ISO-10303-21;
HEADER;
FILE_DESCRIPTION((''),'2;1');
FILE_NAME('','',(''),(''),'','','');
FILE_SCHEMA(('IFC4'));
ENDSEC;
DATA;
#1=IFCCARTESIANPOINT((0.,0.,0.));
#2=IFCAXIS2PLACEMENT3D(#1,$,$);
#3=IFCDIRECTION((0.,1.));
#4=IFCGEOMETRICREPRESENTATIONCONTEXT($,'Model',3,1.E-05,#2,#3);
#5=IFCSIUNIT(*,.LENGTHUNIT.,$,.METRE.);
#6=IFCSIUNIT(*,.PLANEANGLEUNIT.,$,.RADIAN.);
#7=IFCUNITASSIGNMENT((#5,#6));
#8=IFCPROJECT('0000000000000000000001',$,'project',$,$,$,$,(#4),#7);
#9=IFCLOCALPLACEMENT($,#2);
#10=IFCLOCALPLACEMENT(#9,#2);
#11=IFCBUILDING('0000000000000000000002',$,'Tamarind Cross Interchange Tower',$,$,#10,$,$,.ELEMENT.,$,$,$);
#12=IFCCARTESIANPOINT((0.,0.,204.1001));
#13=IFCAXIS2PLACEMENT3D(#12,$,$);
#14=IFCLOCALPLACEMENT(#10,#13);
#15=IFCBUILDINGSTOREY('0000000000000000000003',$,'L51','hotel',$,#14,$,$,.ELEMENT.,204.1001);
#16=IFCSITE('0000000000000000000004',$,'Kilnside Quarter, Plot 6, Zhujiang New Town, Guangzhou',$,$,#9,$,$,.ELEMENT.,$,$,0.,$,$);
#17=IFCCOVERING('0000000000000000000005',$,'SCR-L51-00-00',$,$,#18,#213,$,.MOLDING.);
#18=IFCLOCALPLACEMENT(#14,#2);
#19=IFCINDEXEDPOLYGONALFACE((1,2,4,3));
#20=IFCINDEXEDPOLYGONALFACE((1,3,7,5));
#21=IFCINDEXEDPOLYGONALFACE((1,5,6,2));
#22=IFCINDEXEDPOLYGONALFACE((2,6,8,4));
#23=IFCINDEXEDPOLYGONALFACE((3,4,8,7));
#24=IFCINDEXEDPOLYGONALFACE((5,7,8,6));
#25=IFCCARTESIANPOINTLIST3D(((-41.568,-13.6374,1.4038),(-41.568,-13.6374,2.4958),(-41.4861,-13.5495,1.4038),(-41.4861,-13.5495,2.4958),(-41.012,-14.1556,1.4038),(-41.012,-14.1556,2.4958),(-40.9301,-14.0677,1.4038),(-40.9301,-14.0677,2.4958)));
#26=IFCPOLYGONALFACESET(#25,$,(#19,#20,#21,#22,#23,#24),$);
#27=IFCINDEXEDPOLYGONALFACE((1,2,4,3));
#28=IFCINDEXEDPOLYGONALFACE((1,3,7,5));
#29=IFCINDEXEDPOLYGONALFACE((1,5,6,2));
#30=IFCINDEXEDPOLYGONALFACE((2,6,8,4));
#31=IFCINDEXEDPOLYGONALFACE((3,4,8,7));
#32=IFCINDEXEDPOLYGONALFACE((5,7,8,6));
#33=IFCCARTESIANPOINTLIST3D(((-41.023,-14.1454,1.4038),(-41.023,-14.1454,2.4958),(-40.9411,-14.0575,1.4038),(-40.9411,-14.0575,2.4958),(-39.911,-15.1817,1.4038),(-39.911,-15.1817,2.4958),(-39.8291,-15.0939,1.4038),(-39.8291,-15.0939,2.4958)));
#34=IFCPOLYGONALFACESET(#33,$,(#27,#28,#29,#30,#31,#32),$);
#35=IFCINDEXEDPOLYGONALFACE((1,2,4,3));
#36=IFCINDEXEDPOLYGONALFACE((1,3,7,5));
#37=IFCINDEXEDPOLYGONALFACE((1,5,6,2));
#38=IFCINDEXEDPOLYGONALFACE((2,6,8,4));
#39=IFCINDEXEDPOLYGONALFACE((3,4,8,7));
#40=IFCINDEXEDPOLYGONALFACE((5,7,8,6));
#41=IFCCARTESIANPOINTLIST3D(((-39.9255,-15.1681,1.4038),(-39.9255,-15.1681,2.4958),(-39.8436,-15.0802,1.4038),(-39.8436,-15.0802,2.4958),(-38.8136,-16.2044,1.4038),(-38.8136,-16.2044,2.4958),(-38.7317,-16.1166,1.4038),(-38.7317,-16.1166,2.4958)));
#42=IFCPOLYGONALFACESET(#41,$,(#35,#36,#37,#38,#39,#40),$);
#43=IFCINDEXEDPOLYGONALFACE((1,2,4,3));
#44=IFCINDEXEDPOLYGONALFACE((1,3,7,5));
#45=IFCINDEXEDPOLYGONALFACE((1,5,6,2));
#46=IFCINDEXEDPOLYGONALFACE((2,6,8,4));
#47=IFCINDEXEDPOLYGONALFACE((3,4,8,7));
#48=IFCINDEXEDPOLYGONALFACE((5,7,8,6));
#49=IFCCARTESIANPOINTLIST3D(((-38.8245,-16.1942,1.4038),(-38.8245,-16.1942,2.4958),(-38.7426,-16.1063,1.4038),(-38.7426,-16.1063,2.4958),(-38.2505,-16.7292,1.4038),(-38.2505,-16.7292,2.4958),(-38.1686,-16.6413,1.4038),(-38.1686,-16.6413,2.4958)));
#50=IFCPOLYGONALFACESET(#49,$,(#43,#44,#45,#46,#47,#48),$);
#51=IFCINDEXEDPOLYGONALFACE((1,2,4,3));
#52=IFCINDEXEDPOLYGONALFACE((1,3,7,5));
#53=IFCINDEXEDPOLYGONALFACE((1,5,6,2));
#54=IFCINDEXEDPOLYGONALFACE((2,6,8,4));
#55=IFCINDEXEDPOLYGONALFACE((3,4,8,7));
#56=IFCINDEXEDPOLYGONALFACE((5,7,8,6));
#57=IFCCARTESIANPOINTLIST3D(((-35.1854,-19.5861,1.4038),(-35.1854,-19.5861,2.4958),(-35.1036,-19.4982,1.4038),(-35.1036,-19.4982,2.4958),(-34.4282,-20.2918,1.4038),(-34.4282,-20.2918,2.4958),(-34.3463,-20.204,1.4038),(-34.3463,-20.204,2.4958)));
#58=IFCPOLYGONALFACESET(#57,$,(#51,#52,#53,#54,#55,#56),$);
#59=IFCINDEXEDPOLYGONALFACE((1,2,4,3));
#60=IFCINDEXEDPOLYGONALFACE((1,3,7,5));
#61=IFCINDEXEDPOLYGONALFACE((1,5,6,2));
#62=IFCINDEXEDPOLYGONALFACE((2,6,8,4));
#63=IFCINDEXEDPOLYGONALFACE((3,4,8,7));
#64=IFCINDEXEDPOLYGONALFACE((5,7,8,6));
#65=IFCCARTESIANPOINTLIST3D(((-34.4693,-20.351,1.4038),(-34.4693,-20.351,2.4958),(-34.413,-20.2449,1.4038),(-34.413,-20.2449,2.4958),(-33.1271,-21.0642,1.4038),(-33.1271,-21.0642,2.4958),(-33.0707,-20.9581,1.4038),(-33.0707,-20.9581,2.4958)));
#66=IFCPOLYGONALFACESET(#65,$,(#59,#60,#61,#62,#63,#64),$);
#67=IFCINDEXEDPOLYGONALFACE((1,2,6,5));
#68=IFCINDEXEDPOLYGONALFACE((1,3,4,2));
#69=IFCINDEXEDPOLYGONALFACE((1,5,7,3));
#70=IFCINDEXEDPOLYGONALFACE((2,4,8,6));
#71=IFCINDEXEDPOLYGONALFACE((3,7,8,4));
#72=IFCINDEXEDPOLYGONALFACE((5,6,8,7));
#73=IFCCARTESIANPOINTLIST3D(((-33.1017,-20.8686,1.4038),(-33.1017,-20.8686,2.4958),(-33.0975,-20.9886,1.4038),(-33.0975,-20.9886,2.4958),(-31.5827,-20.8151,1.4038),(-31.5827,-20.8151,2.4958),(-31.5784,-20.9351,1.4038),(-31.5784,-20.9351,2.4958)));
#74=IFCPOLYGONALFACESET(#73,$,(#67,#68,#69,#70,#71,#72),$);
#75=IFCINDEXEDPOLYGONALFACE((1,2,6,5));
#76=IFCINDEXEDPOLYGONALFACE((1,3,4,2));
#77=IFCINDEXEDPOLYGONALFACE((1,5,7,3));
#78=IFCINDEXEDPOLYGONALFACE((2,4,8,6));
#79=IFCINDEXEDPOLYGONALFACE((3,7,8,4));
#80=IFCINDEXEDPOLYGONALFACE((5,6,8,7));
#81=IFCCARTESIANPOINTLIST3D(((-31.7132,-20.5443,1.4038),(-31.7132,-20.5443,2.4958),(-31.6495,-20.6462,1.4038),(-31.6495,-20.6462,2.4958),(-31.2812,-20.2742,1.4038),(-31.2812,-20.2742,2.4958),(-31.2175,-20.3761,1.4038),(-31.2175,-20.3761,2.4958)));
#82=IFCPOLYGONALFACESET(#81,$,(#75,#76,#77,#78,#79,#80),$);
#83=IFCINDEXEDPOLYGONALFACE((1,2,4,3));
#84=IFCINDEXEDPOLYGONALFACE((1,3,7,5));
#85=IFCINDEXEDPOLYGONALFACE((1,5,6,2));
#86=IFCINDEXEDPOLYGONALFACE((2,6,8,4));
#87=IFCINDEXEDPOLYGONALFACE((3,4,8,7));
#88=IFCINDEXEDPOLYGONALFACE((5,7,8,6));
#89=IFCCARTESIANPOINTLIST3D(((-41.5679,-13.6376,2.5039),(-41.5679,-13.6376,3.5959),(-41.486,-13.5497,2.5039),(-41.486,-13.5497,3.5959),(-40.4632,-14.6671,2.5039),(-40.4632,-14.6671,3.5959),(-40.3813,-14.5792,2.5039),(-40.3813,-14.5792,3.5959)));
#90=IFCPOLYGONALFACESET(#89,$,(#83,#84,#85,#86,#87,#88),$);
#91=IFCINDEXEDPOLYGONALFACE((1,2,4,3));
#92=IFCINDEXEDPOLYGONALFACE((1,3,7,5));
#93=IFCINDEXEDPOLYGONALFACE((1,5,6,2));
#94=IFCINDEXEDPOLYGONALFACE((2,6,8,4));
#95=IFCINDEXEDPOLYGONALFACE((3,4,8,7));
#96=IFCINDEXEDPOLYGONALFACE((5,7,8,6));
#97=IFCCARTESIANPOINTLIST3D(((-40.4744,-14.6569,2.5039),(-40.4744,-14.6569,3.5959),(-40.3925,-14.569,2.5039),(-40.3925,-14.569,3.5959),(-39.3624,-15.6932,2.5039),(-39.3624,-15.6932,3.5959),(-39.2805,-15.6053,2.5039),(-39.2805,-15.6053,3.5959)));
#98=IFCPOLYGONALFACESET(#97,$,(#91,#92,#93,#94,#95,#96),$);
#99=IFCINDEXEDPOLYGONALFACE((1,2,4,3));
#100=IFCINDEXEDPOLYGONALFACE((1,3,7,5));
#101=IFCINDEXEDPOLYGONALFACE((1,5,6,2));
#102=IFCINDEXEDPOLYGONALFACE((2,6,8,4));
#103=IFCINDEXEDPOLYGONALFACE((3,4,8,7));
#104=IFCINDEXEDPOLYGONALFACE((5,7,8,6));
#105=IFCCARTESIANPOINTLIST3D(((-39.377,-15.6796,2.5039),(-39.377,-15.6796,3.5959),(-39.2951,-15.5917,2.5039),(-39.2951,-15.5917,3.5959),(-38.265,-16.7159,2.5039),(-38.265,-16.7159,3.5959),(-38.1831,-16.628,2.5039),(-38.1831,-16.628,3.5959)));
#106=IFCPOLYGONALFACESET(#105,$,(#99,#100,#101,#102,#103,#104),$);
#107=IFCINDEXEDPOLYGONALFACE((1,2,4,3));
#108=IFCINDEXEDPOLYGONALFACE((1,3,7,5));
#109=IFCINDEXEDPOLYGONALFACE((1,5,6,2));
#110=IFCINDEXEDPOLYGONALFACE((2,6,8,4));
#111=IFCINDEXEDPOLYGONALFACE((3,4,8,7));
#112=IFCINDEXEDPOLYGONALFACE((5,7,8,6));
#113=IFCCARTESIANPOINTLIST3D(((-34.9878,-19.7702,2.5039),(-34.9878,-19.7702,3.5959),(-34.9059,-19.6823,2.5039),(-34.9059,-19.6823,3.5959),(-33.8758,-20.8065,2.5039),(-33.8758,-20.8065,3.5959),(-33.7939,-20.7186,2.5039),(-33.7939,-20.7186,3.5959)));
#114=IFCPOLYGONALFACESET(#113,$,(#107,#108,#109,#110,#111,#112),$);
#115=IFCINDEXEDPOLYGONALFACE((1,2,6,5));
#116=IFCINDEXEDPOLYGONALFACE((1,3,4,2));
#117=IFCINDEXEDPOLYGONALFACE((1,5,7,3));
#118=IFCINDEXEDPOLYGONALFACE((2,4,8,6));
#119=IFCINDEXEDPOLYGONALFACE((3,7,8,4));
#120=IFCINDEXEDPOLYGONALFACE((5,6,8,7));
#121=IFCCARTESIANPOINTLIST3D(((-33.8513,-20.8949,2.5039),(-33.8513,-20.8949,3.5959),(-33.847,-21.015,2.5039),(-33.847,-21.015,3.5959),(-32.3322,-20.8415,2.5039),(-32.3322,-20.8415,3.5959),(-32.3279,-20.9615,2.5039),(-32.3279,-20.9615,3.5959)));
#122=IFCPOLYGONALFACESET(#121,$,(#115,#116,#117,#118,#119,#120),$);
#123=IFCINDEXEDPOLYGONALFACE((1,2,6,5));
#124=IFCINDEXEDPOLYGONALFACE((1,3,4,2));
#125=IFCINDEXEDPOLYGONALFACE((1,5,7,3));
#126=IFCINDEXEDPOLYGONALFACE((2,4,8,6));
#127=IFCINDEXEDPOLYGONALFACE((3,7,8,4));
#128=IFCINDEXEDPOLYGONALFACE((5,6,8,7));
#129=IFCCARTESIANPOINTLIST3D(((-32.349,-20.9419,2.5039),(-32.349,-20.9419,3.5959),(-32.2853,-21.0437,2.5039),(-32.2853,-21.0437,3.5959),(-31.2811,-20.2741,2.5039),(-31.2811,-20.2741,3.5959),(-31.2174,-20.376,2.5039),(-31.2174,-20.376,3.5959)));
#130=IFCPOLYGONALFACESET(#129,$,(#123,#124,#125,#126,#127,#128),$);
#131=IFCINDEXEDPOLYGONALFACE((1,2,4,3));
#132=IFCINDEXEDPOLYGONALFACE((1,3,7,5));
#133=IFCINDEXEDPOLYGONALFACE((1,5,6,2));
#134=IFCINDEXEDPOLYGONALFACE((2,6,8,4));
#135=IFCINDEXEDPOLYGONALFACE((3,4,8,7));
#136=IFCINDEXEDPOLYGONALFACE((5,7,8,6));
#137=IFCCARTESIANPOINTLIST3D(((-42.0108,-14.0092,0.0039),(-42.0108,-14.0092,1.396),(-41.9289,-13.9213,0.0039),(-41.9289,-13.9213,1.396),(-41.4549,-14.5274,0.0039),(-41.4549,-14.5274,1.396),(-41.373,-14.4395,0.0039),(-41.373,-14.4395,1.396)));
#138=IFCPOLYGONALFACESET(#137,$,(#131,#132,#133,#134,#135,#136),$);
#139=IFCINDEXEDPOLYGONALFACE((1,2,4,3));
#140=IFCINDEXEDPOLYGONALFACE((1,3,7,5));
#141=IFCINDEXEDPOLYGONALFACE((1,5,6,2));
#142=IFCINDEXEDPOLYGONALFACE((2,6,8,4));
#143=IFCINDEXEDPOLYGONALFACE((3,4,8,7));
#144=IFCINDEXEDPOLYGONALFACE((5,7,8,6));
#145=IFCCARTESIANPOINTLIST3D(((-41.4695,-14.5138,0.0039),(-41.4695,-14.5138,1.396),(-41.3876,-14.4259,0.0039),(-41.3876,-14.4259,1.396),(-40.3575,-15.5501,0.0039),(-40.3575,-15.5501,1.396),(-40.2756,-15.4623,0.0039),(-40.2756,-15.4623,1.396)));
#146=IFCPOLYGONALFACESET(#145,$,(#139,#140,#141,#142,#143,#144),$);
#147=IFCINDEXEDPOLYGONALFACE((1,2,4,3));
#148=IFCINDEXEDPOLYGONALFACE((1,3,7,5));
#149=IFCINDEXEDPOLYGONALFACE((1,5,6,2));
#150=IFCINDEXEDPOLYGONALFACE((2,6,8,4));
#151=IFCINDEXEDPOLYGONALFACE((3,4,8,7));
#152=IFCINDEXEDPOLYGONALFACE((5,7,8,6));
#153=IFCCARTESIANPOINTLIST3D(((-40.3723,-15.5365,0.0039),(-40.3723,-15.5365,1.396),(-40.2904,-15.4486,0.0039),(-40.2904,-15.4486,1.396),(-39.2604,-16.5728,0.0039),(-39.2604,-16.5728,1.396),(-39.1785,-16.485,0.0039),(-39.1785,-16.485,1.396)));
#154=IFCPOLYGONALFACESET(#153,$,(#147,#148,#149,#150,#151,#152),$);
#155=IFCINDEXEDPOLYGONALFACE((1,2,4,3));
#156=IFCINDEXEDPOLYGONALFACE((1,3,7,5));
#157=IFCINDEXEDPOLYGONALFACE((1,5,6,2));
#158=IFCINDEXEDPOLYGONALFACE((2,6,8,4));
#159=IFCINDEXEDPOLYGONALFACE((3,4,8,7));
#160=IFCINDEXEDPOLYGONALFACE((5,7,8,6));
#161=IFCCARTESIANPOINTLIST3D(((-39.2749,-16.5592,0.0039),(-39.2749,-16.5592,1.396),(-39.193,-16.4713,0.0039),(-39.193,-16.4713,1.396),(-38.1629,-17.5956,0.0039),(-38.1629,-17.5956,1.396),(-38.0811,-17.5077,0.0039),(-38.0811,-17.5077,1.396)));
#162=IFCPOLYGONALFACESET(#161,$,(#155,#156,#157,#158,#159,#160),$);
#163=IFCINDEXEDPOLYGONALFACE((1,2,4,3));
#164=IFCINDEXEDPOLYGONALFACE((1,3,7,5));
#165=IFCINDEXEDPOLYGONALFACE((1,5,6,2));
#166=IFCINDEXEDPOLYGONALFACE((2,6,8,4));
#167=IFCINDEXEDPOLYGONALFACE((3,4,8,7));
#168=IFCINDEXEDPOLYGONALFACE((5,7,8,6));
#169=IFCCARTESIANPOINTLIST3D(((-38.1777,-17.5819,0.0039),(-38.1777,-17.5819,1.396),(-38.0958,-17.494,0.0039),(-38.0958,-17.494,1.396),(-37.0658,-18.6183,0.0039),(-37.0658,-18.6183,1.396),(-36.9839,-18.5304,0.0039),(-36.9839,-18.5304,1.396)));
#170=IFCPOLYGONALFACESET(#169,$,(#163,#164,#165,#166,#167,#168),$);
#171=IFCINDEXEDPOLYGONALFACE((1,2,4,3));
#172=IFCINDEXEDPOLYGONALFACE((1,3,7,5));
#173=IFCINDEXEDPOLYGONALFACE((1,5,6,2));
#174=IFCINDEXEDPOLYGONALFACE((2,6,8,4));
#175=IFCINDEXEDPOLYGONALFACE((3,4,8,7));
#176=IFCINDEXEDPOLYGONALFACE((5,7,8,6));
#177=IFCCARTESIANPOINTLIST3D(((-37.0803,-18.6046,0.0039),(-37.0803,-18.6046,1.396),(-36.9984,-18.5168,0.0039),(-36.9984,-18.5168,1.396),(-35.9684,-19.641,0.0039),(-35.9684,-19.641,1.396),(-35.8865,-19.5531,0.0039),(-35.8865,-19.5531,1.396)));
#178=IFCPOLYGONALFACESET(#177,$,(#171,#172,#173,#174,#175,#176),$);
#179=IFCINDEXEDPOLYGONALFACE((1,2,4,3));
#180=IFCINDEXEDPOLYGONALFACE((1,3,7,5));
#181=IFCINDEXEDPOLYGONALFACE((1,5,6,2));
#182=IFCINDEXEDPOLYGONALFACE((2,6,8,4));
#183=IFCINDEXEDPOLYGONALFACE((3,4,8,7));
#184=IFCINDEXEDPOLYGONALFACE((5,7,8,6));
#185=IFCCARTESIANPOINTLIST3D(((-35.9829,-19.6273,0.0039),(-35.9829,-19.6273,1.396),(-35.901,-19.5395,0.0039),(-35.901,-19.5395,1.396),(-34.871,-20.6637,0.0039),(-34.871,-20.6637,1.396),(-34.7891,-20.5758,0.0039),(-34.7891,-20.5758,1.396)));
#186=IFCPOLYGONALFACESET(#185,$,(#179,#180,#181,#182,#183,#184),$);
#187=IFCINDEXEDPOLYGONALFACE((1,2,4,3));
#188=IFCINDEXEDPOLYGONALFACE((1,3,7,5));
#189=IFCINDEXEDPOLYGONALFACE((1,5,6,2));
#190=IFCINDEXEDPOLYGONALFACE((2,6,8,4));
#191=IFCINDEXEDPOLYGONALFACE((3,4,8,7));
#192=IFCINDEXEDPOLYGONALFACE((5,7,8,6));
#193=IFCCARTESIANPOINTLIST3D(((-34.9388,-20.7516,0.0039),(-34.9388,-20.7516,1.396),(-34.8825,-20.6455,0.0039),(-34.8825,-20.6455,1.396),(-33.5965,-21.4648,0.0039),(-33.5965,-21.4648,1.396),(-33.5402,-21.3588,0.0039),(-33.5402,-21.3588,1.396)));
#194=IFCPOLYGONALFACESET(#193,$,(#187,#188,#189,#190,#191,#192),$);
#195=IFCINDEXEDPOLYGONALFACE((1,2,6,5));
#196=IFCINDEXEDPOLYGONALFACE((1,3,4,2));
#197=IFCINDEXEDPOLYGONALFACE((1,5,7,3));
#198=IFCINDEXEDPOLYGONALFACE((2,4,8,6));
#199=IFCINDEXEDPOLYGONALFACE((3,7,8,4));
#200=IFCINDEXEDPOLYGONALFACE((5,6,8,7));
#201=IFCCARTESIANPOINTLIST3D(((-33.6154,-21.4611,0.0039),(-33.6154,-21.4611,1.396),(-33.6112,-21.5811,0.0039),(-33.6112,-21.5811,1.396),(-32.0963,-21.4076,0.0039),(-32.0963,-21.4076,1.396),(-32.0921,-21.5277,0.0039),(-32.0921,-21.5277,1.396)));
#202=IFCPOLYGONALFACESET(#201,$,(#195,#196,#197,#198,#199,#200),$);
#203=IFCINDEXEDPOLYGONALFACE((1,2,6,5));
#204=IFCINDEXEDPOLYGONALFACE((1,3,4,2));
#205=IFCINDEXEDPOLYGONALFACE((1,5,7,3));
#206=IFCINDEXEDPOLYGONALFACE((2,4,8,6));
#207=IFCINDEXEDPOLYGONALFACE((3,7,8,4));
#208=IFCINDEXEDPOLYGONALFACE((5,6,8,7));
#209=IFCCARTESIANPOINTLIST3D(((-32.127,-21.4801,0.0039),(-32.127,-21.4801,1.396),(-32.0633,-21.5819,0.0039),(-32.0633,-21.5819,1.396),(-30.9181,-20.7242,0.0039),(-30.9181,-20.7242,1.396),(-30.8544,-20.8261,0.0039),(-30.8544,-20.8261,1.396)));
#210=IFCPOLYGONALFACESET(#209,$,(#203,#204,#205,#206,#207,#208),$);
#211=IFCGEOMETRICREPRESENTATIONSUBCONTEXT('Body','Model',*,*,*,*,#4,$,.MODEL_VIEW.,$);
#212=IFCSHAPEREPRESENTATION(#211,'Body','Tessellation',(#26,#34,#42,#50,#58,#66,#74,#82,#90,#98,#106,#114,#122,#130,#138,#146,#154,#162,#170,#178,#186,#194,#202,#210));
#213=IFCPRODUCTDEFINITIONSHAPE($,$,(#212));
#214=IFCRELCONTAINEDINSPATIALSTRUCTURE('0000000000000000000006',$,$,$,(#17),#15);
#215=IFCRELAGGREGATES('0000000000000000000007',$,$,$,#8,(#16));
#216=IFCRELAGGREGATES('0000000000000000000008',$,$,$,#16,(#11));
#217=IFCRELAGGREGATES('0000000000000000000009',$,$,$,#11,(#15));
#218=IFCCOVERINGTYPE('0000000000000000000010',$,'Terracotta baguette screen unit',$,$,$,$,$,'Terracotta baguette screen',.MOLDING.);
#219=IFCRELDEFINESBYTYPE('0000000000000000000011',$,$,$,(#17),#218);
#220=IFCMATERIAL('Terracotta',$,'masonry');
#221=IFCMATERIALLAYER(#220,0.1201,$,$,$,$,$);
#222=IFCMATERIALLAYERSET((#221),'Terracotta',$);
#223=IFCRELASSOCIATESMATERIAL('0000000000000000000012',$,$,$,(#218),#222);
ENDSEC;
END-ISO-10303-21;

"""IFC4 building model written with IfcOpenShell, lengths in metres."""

from ifc_helpers import new_model, si_unit, direction, frame, origin, origin_2d, place, context, subcontext, project, spatial, rectangle, extrude, material, layer, layer_set, type_object, element, save


model = new_model("IFC4")

# Units and contexts
model_context = context("Model", 3, precision=1e-05, world=origin(), true_north=direction((0.0, 1.0)))
body_context = subcontext(model_context, "Body", "Model", "MODEL_VIEW")
ifc_project = project(units=[si_unit("LENGTHUNIT", "METRE"), si_unit("PLANEANGLEUNIT", "RADIAN")], contexts=[model_context])

# Site, building, storey
site_placement = place(None, origin())
site = spatial("IfcSite", under=ifc_project, at=site_placement, Name="Kilnside Quarter, Plot 6, Zhujiang New Town, Guangzhou", CompositionType="ELEMENT", RefElevation=0.0)
building_placement = place(site_placement, origin())
building = spatial("IfcBuilding", under=site, at=building_placement, Name="Tamarind Cross Interchange Tower", CompositionType="ELEMENT")
storey_placement = place(building_placement, frame((0.0, 0.0, 204.1001)))
storey = spatial("IfcBuildingStorey", under=building, at=storey_placement, Name="L51", Description="hotel", CompositionType="ELEMENT", Elevation=204.1001)

# Covering
ifc_material_1 = material(Name="Terracotta", Category="masonry")
ifc_layer_1 = layer(ifc_material_1, 0.1201)
ifc_layer_set_1 = layer_set([ifc_layer_1], Name="Terracotta")
covering_type = type_object("IfcCoveringType", Name="Terracotta baguette screen unit", ElementType="Terracotta baguette screen", PredefinedType="MOLDING", material=ifc_layer_set_1)
covering_1_placement = place(storey_placement, origin())
element("IfcCovering", 1, at=covering_1_placement, inside=storey, type_object=covering_type, Name="SCR-L51-00-00", PredefinedType="MOLDING", context=body_context, shape_type="SweptSolid", body=[
    extrude(rectangle(XDim=0.76, YDim=0.1201, at=origin_2d()), frame((-41.249, -13.8525, 1.4038), z_axis=(0.0, 0.0, 1.0), x_axis=(0.731544, -0.681794, 0.0)), (0.0, 0.0, 1.0), 1.092),
    extrude(rectangle(XDim=1.52, YDim=0.1201, at=origin_2d()), frame((-40.426, -14.6196, 1.4038), z_axis=(0.0, 0.0, 1.0), x_axis=(0.731544, -0.681794, 0.0)), (0.0, 0.0, 1.0), 1.092),
    extrude(rectangle(XDim=1.52, YDim=0.1201, at=origin_2d()), frame((-39.3286, -15.6423, 1.4038), z_axis=(0.0, 0.0, 1.0), x_axis=(0.731544, -0.681794, 0.0)), (0.0, 0.0, 1.0), 1.092),
    extrude(rectangle(XDim=0.7847, YDim=0.1201, at=origin_2d()), frame((-38.4966, -16.4177, 1.4038), z_axis=(0.0, 0.0, 1.0), x_axis=(0.731544, -0.681794, 0.0)), (0.0, 0.0, 1.0), 1.092),
    extrude(rectangle(XDim=1.0352, YDim=0.1201, at=origin_2d()), frame((-34.7659, -19.895, 1.4038), z_axis=(0.0, 0.0, 1.0), x_axis=(0.731544, -0.681794, 0.0)), (0.0, 0.0, 1.0), 1.092),
    extrude(rectangle(XDim=1.52, YDim=0.1201, at=origin_2d()), frame((-33.77, -20.6545, 1.4038), z_axis=(0.0, 0.0, 1.0), x_axis=(0.883079, -0.469225, 0.0)), (0.0, 0.0, 1.0), 1.092),
    extrude(rectangle(XDim=1.52, YDim=0.1201, at=origin_2d()), frame((-32.3401, -20.9019, 1.4038), z_axis=(0.0, 0.0, 1.0), x_axis=(0.999381, 0.035179, 0.0)), (0.0, 0.0, 1.0), 1.092),
    extrude(rectangle(XDim=0.5095, YDim=0.1201, at=origin_2d()), frame((-31.4653, -20.4602, 1.4038), z_axis=(0.0, 0.0, 1.0), x_axis=(0.8479, 0.530156, 0.0)), (0.0, 0.0, 1.0), 1.092),
    extrude(rectangle(XDim=1.51, YDim=0.1201, at=origin_2d()), frame((-40.9746, -14.1084, 2.5039), z_axis=(0.0, 0.0, 1.0), x_axis=(0.731544, -0.681794, 0.0)), (0.0, 0.0, 1.0), 1.092),
    extrude(rectangle(XDim=1.52, YDim=0.1201, at=origin_2d()), frame((-39.8774, -15.1311, 2.5039), z_axis=(0.0, 0.0, 1.0), x_axis=(0.731544, -0.681794, 0.0)), (0.0, 0.0, 1.0), 1.092),
    extrude(rectangle(XDim=1.52, YDim=0.1201, at=origin_2d()), frame((-38.78, -16.1538, 2.5039), z_axis=(0.0, 0.0, 1.0), x_axis=(0.731544, -0.681794, 0.0)), (0.0, 0.0, 1.0), 1.092),
    extrude(rectangle(XDim=1.52, YDim=0.1201, at=origin_2d()), frame((-34.3909, -20.2444, 2.5039), z_axis=(0.0, 0.0, 1.0), x_axis=(0.731544, -0.681794, 0.0)), (0.0, 0.0, 1.0), 1.092),
    extrude(rectangle(XDim=1.52, YDim=0.1201, at=origin_2d()), frame((-33.0896, -20.9282, 2.5039), z_axis=(0.0, 0.0, 1.0), x_axis=(0.999381, 0.035179, 0.0)), (0.0, 0.0, 1.0), 1.092),
    extrude(rectangle(XDim=1.2595, YDim=0.1201, at=origin_2d()), frame((-31.7832, -20.6589, 2.5039), z_axis=(0.0, 0.0, 1.0), x_axis=(0.8479, 0.530156, 0.0)), (0.0, 0.0, 1.0), 1.092),
    extrude(rectangle(XDim=0.76, YDim=0.1201, at=origin_2d()), frame((-41.6919, -14.2244, 0.0039), z_axis=(0.0, 0.0, 1.0), x_axis=(0.731544, -0.681794, 0.0)), (0.0, 0.0, 1.0), 1.3921),
    extrude(rectangle(XDim=1.52, YDim=0.1201, at=origin_2d()), frame((-40.8726, -14.988, 0.0039), z_axis=(0.0, 0.0, 1.0), x_axis=(0.731544, -0.681794, 0.0)), (0.0, 0.0, 1.0), 1.3921),
    extrude(rectangle(XDim=1.52, YDim=0.1201, at=origin_2d()), frame((-39.7754, -16.0107, 0.0039), z_axis=(0.0, 0.0, 1.0), x_axis=(0.731544, -0.681794, 0.0)), (0.0, 0.0, 1.0), 1.3921),
    extrude(rectangle(XDim=1.52, YDim=0.1201, at=origin_2d()), frame((-38.678, -17.0334, 0.0039), z_axis=(0.0, 0.0, 1.0), x_axis=(0.731544, -0.681794, 0.0)), (0.0, 0.0, 1.0), 1.3921),
    extrude(rectangle(XDim=1.52, YDim=0.1201, at=origin_2d()), frame((-37.5808, -18.0562, 0.0039), z_axis=(0.0, 0.0, 1.0), x_axis=(0.731544, -0.681794, 0.0)), (0.0, 0.0, 1.0), 1.3921),
    extrude(rectangle(XDim=1.52, YDim=0.1201, at=origin_2d()), frame((-36.4834, -19.0789, 0.0039), z_axis=(0.0, 0.0, 1.0), x_axis=(0.731544, -0.681794, 0.0)), (0.0, 0.0, 1.0), 1.3921),
    extrude(rectangle(XDim=1.52, YDim=0.1201, at=origin_2d()), frame((-35.386, -20.1016, 0.0039), z_axis=(0.0, 0.0, 1.0), x_axis=(0.731544, -0.681794, 0.0)), (0.0, 0.0, 1.0), 1.3921),
    extrude(rectangle(XDim=1.52, YDim=0.1201, at=origin_2d()), frame((-34.2395, -21.0552, 0.0039), z_axis=(0.0, 0.0, 1.0), x_axis=(0.883079, -0.469225, 0.0)), (0.0, 0.0, 1.0), 1.3921),
    extrude(rectangle(XDim=1.52, YDim=0.1201, at=origin_2d()), frame((-32.8538, -21.4944, 0.0039), z_axis=(0.0, 0.0, 1.0), x_axis=(0.999381, 0.035179, 0.0)), (0.0, 0.0, 1.0), 1.3921),
    extrude(rectangle(XDim=1.4258, YDim=0.1201, at=origin_2d()), frame((-31.4907, -21.1531, 0.0039), z_axis=(0.0, 0.0, 1.0), x_axis=(0.8479, 0.530156, 0.0)), (0.0, 0.0, 1.0), 1.3921),
])

save(model, "model.ifc")
